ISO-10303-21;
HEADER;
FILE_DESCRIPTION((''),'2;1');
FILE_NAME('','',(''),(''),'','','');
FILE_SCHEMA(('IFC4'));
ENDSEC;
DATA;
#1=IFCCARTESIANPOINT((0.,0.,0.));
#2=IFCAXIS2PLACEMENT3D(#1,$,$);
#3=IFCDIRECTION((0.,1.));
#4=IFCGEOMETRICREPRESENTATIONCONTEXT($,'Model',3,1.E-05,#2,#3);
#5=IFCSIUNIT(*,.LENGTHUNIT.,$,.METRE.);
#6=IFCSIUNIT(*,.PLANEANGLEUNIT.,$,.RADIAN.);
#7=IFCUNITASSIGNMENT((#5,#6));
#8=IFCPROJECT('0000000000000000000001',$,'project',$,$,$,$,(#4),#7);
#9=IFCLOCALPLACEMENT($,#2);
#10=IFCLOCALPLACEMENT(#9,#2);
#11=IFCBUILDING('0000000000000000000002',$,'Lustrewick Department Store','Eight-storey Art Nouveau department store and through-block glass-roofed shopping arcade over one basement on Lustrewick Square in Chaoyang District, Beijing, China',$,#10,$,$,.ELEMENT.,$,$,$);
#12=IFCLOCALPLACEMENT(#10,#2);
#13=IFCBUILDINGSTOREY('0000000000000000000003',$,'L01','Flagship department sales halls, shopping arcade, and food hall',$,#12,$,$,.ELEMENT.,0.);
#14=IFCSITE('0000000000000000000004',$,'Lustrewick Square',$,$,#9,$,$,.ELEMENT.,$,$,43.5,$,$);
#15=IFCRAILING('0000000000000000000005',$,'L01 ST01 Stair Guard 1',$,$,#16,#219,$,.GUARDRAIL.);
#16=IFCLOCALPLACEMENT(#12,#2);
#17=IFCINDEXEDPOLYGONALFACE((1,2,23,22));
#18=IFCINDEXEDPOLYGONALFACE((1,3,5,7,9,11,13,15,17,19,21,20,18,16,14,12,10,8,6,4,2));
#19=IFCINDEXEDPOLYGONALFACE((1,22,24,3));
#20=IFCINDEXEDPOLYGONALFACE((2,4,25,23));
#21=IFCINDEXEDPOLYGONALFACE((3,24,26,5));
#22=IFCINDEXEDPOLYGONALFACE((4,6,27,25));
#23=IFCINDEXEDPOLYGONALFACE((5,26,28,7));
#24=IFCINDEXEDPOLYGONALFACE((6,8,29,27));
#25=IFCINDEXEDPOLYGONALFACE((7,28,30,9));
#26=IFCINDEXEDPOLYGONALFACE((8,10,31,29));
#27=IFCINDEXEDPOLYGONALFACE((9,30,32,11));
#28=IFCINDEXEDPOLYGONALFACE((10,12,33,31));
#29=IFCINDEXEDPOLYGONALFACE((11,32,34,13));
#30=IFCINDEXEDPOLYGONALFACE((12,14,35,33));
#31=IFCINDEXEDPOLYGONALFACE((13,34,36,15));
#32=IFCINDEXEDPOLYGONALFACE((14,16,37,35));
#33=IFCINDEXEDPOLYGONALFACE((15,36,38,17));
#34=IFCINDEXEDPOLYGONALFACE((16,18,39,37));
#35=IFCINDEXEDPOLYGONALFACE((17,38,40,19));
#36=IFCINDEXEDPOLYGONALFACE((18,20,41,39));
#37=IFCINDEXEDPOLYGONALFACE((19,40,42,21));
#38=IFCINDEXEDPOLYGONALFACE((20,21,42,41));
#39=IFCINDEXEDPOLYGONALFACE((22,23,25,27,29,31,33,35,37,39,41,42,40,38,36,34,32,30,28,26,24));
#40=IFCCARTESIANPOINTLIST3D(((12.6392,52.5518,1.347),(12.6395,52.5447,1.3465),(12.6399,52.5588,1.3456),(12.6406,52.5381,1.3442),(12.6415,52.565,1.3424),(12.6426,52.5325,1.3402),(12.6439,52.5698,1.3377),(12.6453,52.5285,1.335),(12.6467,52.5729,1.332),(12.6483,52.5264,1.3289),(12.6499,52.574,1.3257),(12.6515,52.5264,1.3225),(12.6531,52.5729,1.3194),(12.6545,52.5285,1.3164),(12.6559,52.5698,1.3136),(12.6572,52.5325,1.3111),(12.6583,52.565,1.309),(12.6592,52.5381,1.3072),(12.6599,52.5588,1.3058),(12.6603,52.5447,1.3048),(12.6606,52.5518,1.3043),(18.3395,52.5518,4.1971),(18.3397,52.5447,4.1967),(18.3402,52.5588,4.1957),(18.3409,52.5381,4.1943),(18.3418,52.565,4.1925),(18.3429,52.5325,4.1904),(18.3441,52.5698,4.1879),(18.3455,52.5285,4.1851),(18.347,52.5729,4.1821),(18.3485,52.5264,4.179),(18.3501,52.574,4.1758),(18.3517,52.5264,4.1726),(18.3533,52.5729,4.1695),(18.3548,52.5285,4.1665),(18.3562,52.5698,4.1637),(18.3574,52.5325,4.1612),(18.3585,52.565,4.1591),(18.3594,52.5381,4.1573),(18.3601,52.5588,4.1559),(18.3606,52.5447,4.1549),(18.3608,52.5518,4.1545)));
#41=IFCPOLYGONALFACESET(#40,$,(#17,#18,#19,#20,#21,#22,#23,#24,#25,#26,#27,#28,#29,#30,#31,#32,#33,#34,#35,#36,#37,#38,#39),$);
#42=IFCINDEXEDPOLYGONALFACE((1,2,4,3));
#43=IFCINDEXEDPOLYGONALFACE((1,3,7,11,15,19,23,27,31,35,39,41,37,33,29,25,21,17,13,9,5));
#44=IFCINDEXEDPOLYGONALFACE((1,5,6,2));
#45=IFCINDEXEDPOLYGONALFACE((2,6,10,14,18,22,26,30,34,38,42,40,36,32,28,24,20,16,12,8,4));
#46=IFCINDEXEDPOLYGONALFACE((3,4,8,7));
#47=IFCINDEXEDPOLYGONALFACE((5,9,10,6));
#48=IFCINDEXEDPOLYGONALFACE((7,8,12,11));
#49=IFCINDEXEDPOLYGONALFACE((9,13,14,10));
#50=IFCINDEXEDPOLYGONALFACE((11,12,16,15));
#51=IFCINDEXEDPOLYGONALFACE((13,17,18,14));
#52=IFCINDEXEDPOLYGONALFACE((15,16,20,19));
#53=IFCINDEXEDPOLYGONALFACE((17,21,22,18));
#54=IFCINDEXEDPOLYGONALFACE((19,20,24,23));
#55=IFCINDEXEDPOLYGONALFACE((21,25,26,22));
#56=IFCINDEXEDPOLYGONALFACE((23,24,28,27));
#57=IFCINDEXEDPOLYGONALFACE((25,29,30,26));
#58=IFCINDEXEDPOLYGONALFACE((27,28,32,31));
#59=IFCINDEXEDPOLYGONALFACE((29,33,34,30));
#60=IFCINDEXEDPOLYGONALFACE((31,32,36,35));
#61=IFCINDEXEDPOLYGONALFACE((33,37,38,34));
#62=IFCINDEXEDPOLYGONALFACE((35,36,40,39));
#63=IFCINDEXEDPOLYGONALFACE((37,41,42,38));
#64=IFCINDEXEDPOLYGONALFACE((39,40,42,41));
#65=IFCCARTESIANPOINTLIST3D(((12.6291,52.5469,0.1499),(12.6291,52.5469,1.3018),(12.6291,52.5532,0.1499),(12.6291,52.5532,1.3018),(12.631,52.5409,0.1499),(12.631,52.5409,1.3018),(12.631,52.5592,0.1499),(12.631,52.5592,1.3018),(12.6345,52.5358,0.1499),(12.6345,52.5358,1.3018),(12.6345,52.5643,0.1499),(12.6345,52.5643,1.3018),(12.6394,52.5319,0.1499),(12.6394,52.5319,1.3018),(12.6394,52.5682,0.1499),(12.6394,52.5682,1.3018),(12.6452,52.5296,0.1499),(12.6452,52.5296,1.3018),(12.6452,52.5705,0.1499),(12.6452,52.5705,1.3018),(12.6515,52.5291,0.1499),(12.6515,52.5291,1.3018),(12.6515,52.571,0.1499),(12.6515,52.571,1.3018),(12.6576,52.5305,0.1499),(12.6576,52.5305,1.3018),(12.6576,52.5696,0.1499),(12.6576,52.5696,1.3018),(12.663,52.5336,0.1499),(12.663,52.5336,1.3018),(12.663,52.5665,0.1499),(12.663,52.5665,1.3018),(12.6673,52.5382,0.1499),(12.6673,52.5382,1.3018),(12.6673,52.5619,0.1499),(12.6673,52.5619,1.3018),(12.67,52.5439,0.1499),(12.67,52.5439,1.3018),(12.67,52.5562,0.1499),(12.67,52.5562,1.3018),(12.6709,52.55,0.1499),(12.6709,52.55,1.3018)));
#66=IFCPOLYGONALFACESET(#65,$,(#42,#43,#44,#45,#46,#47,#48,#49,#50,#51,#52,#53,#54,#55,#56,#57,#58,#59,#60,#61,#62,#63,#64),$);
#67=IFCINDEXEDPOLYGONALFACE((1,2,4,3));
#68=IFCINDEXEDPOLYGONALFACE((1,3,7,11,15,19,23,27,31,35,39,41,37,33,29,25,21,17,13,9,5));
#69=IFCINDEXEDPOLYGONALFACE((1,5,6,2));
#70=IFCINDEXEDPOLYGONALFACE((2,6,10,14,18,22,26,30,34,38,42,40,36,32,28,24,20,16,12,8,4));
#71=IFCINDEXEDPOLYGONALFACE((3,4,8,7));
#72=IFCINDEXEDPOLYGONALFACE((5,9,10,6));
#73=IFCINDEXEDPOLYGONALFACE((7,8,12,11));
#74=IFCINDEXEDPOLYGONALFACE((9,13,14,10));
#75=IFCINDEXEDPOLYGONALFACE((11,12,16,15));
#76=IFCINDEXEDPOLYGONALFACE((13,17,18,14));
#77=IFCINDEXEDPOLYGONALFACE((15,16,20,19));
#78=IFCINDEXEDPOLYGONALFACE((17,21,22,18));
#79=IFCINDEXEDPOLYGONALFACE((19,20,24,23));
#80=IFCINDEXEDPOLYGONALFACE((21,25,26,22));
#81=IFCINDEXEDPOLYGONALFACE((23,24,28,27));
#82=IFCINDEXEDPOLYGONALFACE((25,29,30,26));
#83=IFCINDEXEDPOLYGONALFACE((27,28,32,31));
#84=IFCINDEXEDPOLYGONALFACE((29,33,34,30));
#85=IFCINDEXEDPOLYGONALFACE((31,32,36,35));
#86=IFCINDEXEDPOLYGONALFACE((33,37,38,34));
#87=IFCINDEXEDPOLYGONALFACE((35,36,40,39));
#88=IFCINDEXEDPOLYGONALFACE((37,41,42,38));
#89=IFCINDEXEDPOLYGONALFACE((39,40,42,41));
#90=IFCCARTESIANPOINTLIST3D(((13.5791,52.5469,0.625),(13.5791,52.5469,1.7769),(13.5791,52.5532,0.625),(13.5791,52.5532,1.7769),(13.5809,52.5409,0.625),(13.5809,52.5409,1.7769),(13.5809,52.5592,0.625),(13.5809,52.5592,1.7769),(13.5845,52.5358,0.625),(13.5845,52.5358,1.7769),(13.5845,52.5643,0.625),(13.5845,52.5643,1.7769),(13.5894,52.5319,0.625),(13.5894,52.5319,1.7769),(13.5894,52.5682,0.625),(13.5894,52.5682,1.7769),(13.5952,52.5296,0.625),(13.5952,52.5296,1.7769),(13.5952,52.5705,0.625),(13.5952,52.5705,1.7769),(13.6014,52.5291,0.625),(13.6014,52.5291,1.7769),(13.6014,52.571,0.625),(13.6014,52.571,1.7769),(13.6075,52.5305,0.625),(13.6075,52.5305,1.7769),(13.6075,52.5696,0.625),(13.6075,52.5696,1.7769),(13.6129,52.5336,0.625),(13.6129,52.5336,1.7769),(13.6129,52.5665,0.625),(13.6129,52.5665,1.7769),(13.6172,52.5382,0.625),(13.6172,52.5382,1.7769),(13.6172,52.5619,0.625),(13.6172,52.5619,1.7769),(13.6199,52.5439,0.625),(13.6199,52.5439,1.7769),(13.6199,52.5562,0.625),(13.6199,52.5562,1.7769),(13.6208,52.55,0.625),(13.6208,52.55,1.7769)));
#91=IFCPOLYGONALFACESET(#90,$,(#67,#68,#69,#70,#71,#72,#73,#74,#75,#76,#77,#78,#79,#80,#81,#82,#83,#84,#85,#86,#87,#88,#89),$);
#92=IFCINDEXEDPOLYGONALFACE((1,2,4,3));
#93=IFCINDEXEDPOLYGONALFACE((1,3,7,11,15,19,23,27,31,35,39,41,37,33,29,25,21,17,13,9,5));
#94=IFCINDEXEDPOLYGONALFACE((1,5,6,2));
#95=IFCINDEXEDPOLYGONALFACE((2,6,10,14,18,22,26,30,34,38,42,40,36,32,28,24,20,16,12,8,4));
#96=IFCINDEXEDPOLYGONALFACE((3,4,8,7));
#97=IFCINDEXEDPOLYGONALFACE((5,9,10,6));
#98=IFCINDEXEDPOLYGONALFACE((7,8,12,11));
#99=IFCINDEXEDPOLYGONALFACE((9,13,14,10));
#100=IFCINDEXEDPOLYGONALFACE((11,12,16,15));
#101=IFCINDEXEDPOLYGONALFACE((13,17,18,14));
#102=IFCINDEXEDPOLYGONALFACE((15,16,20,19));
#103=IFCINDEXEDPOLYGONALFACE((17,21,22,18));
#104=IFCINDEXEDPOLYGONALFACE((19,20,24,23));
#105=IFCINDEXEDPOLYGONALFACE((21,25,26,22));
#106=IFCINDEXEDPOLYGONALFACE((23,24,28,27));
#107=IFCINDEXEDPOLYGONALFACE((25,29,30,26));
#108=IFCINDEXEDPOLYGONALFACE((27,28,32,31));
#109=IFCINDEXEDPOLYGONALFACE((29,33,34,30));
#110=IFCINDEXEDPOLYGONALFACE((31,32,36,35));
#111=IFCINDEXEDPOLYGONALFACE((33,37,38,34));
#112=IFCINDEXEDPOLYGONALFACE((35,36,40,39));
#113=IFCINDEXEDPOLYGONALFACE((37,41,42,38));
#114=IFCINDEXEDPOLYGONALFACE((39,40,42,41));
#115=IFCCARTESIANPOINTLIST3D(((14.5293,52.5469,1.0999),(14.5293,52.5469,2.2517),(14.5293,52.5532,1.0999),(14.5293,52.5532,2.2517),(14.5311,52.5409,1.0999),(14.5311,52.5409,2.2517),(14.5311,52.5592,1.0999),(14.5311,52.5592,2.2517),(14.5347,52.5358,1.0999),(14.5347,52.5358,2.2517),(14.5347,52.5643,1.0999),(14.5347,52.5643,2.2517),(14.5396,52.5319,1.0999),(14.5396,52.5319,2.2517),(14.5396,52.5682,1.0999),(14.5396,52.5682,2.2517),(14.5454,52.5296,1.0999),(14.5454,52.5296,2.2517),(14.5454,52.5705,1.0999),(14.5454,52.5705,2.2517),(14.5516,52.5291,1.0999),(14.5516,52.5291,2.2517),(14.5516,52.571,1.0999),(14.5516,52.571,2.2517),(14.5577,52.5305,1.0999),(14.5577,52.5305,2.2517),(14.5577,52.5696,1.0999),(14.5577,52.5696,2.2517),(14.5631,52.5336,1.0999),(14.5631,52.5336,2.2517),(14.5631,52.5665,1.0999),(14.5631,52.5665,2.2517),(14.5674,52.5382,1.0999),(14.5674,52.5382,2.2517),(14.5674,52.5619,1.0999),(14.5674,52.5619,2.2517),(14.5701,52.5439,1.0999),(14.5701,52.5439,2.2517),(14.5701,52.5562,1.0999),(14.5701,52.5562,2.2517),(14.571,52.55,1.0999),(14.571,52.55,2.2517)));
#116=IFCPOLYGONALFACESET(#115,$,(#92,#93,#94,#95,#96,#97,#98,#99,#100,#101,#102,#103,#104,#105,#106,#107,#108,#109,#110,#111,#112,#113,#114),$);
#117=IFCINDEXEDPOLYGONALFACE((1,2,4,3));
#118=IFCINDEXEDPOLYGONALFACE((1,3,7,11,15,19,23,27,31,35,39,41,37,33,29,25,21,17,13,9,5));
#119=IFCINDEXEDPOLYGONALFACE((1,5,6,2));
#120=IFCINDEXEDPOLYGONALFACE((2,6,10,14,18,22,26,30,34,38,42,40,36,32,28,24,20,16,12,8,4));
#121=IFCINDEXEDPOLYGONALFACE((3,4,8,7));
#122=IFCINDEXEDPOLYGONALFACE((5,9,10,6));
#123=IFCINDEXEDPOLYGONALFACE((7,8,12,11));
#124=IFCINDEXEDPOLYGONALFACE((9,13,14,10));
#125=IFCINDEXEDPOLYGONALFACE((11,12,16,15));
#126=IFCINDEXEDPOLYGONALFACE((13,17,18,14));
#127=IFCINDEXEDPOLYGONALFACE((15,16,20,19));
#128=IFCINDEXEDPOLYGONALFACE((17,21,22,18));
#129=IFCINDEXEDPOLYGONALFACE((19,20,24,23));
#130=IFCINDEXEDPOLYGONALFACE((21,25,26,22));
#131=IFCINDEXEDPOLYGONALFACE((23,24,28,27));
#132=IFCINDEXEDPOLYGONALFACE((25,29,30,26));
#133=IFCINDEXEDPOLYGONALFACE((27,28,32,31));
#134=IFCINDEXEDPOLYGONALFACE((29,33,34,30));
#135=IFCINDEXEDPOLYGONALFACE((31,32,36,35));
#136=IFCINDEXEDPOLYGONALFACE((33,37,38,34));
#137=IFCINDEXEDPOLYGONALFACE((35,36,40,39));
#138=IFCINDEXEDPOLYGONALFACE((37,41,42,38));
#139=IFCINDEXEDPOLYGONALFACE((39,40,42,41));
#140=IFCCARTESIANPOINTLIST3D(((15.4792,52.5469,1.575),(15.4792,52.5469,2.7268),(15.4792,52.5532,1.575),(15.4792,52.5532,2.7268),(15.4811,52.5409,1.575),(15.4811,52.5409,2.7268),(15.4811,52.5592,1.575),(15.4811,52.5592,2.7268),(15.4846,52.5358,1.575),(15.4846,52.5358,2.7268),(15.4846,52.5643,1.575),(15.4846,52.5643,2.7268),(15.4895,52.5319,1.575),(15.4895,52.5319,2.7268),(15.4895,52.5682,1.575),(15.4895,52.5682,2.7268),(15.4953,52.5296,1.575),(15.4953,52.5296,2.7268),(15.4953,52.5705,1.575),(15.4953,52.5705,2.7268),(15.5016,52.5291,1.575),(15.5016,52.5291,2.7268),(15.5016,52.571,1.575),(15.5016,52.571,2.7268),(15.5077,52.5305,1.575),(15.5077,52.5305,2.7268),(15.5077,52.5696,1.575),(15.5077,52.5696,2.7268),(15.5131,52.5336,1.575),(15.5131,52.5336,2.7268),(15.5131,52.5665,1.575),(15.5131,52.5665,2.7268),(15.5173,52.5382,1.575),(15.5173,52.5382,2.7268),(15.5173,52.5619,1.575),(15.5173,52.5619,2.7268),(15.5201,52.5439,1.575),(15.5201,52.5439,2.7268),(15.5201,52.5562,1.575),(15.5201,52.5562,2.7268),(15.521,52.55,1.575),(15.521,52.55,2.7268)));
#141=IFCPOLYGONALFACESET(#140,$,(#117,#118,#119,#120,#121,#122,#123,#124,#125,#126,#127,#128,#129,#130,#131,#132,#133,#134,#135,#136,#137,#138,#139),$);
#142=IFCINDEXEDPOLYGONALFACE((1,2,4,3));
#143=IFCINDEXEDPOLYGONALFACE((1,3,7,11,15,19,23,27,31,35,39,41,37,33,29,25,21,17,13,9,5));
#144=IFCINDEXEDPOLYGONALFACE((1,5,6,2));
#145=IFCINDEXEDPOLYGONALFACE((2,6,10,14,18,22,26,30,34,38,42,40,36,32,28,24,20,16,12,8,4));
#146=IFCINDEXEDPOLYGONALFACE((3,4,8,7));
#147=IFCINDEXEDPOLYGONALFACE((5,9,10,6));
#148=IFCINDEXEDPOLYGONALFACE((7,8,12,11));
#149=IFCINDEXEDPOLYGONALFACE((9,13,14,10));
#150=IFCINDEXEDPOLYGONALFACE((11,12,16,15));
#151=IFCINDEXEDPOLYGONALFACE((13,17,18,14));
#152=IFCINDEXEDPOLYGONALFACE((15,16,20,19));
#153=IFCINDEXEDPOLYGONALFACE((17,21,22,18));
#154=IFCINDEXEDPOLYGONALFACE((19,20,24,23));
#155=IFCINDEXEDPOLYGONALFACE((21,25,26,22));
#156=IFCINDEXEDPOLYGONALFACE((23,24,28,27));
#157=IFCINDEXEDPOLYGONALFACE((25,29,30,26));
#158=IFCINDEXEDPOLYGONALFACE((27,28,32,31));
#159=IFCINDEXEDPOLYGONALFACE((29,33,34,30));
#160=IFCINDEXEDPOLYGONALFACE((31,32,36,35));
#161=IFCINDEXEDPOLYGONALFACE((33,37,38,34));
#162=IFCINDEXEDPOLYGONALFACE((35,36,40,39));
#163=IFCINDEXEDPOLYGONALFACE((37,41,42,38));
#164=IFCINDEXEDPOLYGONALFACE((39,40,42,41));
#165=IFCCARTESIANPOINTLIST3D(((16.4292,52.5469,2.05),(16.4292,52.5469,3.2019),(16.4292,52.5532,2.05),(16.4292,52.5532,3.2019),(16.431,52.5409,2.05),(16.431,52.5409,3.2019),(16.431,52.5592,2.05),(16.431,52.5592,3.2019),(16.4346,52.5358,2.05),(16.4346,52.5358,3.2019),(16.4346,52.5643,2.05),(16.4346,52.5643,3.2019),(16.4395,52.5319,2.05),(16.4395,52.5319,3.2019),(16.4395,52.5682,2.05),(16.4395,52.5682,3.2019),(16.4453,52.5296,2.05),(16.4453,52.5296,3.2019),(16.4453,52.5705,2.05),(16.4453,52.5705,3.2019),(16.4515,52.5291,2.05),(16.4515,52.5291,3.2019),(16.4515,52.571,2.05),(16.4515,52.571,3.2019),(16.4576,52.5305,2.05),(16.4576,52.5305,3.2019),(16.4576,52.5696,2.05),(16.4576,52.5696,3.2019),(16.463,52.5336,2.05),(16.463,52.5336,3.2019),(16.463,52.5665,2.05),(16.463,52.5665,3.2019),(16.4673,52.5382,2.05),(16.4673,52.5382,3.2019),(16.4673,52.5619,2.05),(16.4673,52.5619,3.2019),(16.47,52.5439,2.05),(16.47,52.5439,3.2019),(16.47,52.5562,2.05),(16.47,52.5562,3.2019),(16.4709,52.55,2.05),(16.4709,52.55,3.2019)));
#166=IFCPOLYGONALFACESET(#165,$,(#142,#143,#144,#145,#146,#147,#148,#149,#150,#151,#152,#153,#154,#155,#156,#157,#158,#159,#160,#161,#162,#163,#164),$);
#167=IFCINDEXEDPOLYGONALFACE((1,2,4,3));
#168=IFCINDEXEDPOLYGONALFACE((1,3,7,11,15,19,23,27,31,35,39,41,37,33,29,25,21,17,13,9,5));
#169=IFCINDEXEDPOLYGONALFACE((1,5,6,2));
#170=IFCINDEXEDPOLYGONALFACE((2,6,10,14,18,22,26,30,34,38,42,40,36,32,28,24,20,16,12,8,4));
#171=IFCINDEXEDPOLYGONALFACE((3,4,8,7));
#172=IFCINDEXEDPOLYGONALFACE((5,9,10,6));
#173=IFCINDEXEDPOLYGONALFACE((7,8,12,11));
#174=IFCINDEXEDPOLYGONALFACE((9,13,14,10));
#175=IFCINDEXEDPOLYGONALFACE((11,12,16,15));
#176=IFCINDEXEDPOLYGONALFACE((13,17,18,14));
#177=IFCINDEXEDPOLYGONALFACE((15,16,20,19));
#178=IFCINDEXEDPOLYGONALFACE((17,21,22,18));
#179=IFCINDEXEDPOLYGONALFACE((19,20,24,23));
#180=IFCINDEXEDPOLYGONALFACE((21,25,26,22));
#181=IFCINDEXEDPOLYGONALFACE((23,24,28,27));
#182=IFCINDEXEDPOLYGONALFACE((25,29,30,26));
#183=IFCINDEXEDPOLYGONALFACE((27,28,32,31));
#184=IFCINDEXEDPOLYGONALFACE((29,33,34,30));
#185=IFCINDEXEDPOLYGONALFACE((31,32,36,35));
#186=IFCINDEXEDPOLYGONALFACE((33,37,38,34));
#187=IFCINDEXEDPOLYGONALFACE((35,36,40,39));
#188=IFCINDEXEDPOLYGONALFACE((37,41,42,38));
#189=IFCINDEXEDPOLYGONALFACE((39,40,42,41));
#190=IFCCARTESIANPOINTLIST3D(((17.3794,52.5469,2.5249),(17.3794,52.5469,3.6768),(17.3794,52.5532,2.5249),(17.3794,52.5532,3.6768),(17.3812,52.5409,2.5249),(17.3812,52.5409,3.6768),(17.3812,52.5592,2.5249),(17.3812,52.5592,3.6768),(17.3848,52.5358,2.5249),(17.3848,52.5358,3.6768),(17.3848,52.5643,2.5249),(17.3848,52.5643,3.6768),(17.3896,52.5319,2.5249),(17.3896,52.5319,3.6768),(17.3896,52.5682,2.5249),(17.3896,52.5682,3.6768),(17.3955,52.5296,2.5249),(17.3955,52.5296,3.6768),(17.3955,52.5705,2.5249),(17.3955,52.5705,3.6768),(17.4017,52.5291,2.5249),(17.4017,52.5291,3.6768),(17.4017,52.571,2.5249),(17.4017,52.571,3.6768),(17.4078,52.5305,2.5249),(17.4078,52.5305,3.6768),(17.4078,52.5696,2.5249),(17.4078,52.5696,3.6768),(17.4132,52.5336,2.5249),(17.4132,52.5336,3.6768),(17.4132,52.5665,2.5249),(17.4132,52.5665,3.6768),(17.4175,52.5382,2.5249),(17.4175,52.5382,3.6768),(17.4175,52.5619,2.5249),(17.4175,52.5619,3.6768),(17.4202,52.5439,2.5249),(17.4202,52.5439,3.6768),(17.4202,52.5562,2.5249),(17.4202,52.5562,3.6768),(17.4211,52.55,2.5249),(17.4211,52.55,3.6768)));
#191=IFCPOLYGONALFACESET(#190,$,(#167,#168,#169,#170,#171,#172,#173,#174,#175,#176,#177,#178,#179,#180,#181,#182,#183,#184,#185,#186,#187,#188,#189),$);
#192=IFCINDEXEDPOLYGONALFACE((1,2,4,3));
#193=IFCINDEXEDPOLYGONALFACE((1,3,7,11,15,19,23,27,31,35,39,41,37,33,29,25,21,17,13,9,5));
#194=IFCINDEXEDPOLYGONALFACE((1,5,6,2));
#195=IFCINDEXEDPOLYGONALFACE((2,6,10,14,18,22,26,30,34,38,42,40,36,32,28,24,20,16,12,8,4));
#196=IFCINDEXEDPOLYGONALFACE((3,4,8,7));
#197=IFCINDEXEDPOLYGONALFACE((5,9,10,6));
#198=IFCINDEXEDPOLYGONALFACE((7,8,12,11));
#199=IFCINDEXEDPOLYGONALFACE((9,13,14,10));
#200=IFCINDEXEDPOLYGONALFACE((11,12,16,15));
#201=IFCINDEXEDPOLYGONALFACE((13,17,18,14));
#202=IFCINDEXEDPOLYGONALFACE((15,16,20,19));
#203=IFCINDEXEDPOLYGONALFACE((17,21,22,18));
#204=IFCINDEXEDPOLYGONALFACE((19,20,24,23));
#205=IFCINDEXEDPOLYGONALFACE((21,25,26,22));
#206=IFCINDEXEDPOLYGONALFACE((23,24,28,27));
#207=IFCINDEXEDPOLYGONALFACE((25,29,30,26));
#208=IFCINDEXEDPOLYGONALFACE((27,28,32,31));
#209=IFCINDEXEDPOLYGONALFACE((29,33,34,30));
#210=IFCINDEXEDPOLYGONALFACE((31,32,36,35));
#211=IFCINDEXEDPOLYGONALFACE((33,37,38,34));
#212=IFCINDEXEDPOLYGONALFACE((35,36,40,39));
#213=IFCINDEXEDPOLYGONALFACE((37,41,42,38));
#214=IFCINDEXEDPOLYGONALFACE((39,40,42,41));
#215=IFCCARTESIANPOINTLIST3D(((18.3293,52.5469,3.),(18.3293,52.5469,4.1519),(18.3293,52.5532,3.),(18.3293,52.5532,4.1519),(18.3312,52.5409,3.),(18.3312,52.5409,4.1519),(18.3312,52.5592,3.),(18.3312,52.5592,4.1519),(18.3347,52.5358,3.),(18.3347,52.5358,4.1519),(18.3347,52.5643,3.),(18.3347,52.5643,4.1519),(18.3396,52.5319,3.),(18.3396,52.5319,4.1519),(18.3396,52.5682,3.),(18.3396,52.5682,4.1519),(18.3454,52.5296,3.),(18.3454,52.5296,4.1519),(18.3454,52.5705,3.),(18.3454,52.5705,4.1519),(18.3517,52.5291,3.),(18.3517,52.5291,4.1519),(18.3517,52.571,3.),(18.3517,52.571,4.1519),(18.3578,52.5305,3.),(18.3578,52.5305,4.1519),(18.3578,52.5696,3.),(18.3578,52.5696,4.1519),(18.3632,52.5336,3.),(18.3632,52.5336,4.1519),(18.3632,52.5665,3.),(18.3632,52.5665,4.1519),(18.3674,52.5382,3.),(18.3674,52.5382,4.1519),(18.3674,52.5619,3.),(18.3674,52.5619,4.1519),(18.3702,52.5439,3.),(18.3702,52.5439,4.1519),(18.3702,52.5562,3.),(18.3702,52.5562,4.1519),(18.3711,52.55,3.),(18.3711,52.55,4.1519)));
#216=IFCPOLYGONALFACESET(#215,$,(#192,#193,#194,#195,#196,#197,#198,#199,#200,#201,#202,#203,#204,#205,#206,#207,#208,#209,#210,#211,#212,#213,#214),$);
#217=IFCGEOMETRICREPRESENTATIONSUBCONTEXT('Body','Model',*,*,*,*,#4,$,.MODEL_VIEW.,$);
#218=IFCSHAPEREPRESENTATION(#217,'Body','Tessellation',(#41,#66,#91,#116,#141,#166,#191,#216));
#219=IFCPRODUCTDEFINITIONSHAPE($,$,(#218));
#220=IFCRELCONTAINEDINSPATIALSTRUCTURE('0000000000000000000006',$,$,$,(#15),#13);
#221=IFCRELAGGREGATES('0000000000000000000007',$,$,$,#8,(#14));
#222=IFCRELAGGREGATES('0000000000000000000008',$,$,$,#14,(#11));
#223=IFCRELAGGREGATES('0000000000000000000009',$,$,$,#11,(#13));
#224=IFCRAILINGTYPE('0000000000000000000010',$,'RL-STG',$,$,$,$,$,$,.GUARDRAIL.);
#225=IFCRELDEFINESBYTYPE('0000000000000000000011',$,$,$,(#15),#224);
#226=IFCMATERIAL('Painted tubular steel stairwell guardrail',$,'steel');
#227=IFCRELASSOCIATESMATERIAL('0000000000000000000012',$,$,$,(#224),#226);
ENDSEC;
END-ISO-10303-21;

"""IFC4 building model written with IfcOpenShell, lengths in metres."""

from ifc_helpers import new_model, si_unit, direction, frame, origin, origin_2d, place, context, subcontext, project, spatial, circle, extrude, material, type_object, element, save


model = new_model("IFC4")

# Units and contexts
model_context = context("Model", 3, precision=1e-05, world=origin(), true_north=direction((0.0, 1.0)))
body_context = subcontext(model_context, "Body", "Model", "MODEL_VIEW")
ifc_project = project(units=[si_unit("LENGTHUNIT", "METRE"), si_unit("PLANEANGLEUNIT", "RADIAN")], contexts=[model_context])

# Site, building, storey
site_placement = place(None, origin())
site = spatial("IfcSite", under=ifc_project, at=site_placement, Name="Lustrewick Square", CompositionType="ELEMENT", RefElevation=43.5)
building_placement = place(site_placement, origin())
building = spatial("IfcBuilding", under=site, at=building_placement, Name="Lustrewick Department Store", Description="Eight-storey Art Nouveau department store and through-block glass-roofed shopping arcade over one basement on Lustrewick Square in Chaoyang District, Beijing, China", CompositionType="ELEMENT")
storey_placement = place(building_placement, origin())
storey = spatial("IfcBuildingStorey", under=building, at=storey_placement, Name="L01", Description="Flagship department sales halls, shopping arcade, and food hall", CompositionType="ELEMENT", Elevation=0.0)

# Railing
ifc_material_1 = material(Name="Painted tubular steel stairwell guardrail", Category="steel")
railing_type_1 = type_object("IfcRailingType", Name="RL-STG", PredefinedType="GUARDRAIL", material=ifc_material_1)
railing_1_placement = place(storey_placement, frame((12.6499, 52.55, 0.1499)))
element("IfcRailing", 1, at=railing_1_placement, inside=storey, type_object=railing_type_1, Name="L01 ST01 Stair Guard 1", PredefinedType="GUARDRAIL", context=body_context, shape_type="SweptSolid", body=[
    extrude(circle(Radius=0.0239, at=origin_2d()), frame((0.0, 0.0, 1.1758), z_axis=(0.894427, 0.0, 0.447214), x_axis=(0.0, 1.0, 0.0)), (0.0, 0.0, 1.0), 6.373),
    extrude(circle(Radius=0.021, at=origin_2d()), origin(), (0.0, 0.0, 1.0), 1.1519),
    extrude(circle(Radius=0.021, at=origin_2d()), frame((0.95, 0.0, 0.4751)), (0.0, 0.0, 1.0), 1.1519),
    extrude(circle(Radius=0.021, at=origin_2d()), frame((1.9001, 0.0, 0.95)), (0.0, 0.0, 1.0), 1.1519),
    extrude(circle(Radius=0.021, at=origin_2d()), frame((2.8501, 0.0, 1.425)), (0.0, 0.0, 1.0), 1.1519),
    extrude(circle(Radius=0.021, at=origin_2d()), frame((3.8, 0.0, 1.9001)), (0.0, 0.0, 1.0), 1.1519),
    extrude(circle(Radius=0.021, at=origin_2d()), frame((4.7502, 0.0, 2.375)), (0.0, 0.0, 1.0), 1.1519),
    extrude(circle(Radius=0.021, at=origin_2d()), frame((5.7002, 0.0, 2.8501)), (0.0, 0.0, 1.0), 1.1519),
])

save(model, "model.ifc")
